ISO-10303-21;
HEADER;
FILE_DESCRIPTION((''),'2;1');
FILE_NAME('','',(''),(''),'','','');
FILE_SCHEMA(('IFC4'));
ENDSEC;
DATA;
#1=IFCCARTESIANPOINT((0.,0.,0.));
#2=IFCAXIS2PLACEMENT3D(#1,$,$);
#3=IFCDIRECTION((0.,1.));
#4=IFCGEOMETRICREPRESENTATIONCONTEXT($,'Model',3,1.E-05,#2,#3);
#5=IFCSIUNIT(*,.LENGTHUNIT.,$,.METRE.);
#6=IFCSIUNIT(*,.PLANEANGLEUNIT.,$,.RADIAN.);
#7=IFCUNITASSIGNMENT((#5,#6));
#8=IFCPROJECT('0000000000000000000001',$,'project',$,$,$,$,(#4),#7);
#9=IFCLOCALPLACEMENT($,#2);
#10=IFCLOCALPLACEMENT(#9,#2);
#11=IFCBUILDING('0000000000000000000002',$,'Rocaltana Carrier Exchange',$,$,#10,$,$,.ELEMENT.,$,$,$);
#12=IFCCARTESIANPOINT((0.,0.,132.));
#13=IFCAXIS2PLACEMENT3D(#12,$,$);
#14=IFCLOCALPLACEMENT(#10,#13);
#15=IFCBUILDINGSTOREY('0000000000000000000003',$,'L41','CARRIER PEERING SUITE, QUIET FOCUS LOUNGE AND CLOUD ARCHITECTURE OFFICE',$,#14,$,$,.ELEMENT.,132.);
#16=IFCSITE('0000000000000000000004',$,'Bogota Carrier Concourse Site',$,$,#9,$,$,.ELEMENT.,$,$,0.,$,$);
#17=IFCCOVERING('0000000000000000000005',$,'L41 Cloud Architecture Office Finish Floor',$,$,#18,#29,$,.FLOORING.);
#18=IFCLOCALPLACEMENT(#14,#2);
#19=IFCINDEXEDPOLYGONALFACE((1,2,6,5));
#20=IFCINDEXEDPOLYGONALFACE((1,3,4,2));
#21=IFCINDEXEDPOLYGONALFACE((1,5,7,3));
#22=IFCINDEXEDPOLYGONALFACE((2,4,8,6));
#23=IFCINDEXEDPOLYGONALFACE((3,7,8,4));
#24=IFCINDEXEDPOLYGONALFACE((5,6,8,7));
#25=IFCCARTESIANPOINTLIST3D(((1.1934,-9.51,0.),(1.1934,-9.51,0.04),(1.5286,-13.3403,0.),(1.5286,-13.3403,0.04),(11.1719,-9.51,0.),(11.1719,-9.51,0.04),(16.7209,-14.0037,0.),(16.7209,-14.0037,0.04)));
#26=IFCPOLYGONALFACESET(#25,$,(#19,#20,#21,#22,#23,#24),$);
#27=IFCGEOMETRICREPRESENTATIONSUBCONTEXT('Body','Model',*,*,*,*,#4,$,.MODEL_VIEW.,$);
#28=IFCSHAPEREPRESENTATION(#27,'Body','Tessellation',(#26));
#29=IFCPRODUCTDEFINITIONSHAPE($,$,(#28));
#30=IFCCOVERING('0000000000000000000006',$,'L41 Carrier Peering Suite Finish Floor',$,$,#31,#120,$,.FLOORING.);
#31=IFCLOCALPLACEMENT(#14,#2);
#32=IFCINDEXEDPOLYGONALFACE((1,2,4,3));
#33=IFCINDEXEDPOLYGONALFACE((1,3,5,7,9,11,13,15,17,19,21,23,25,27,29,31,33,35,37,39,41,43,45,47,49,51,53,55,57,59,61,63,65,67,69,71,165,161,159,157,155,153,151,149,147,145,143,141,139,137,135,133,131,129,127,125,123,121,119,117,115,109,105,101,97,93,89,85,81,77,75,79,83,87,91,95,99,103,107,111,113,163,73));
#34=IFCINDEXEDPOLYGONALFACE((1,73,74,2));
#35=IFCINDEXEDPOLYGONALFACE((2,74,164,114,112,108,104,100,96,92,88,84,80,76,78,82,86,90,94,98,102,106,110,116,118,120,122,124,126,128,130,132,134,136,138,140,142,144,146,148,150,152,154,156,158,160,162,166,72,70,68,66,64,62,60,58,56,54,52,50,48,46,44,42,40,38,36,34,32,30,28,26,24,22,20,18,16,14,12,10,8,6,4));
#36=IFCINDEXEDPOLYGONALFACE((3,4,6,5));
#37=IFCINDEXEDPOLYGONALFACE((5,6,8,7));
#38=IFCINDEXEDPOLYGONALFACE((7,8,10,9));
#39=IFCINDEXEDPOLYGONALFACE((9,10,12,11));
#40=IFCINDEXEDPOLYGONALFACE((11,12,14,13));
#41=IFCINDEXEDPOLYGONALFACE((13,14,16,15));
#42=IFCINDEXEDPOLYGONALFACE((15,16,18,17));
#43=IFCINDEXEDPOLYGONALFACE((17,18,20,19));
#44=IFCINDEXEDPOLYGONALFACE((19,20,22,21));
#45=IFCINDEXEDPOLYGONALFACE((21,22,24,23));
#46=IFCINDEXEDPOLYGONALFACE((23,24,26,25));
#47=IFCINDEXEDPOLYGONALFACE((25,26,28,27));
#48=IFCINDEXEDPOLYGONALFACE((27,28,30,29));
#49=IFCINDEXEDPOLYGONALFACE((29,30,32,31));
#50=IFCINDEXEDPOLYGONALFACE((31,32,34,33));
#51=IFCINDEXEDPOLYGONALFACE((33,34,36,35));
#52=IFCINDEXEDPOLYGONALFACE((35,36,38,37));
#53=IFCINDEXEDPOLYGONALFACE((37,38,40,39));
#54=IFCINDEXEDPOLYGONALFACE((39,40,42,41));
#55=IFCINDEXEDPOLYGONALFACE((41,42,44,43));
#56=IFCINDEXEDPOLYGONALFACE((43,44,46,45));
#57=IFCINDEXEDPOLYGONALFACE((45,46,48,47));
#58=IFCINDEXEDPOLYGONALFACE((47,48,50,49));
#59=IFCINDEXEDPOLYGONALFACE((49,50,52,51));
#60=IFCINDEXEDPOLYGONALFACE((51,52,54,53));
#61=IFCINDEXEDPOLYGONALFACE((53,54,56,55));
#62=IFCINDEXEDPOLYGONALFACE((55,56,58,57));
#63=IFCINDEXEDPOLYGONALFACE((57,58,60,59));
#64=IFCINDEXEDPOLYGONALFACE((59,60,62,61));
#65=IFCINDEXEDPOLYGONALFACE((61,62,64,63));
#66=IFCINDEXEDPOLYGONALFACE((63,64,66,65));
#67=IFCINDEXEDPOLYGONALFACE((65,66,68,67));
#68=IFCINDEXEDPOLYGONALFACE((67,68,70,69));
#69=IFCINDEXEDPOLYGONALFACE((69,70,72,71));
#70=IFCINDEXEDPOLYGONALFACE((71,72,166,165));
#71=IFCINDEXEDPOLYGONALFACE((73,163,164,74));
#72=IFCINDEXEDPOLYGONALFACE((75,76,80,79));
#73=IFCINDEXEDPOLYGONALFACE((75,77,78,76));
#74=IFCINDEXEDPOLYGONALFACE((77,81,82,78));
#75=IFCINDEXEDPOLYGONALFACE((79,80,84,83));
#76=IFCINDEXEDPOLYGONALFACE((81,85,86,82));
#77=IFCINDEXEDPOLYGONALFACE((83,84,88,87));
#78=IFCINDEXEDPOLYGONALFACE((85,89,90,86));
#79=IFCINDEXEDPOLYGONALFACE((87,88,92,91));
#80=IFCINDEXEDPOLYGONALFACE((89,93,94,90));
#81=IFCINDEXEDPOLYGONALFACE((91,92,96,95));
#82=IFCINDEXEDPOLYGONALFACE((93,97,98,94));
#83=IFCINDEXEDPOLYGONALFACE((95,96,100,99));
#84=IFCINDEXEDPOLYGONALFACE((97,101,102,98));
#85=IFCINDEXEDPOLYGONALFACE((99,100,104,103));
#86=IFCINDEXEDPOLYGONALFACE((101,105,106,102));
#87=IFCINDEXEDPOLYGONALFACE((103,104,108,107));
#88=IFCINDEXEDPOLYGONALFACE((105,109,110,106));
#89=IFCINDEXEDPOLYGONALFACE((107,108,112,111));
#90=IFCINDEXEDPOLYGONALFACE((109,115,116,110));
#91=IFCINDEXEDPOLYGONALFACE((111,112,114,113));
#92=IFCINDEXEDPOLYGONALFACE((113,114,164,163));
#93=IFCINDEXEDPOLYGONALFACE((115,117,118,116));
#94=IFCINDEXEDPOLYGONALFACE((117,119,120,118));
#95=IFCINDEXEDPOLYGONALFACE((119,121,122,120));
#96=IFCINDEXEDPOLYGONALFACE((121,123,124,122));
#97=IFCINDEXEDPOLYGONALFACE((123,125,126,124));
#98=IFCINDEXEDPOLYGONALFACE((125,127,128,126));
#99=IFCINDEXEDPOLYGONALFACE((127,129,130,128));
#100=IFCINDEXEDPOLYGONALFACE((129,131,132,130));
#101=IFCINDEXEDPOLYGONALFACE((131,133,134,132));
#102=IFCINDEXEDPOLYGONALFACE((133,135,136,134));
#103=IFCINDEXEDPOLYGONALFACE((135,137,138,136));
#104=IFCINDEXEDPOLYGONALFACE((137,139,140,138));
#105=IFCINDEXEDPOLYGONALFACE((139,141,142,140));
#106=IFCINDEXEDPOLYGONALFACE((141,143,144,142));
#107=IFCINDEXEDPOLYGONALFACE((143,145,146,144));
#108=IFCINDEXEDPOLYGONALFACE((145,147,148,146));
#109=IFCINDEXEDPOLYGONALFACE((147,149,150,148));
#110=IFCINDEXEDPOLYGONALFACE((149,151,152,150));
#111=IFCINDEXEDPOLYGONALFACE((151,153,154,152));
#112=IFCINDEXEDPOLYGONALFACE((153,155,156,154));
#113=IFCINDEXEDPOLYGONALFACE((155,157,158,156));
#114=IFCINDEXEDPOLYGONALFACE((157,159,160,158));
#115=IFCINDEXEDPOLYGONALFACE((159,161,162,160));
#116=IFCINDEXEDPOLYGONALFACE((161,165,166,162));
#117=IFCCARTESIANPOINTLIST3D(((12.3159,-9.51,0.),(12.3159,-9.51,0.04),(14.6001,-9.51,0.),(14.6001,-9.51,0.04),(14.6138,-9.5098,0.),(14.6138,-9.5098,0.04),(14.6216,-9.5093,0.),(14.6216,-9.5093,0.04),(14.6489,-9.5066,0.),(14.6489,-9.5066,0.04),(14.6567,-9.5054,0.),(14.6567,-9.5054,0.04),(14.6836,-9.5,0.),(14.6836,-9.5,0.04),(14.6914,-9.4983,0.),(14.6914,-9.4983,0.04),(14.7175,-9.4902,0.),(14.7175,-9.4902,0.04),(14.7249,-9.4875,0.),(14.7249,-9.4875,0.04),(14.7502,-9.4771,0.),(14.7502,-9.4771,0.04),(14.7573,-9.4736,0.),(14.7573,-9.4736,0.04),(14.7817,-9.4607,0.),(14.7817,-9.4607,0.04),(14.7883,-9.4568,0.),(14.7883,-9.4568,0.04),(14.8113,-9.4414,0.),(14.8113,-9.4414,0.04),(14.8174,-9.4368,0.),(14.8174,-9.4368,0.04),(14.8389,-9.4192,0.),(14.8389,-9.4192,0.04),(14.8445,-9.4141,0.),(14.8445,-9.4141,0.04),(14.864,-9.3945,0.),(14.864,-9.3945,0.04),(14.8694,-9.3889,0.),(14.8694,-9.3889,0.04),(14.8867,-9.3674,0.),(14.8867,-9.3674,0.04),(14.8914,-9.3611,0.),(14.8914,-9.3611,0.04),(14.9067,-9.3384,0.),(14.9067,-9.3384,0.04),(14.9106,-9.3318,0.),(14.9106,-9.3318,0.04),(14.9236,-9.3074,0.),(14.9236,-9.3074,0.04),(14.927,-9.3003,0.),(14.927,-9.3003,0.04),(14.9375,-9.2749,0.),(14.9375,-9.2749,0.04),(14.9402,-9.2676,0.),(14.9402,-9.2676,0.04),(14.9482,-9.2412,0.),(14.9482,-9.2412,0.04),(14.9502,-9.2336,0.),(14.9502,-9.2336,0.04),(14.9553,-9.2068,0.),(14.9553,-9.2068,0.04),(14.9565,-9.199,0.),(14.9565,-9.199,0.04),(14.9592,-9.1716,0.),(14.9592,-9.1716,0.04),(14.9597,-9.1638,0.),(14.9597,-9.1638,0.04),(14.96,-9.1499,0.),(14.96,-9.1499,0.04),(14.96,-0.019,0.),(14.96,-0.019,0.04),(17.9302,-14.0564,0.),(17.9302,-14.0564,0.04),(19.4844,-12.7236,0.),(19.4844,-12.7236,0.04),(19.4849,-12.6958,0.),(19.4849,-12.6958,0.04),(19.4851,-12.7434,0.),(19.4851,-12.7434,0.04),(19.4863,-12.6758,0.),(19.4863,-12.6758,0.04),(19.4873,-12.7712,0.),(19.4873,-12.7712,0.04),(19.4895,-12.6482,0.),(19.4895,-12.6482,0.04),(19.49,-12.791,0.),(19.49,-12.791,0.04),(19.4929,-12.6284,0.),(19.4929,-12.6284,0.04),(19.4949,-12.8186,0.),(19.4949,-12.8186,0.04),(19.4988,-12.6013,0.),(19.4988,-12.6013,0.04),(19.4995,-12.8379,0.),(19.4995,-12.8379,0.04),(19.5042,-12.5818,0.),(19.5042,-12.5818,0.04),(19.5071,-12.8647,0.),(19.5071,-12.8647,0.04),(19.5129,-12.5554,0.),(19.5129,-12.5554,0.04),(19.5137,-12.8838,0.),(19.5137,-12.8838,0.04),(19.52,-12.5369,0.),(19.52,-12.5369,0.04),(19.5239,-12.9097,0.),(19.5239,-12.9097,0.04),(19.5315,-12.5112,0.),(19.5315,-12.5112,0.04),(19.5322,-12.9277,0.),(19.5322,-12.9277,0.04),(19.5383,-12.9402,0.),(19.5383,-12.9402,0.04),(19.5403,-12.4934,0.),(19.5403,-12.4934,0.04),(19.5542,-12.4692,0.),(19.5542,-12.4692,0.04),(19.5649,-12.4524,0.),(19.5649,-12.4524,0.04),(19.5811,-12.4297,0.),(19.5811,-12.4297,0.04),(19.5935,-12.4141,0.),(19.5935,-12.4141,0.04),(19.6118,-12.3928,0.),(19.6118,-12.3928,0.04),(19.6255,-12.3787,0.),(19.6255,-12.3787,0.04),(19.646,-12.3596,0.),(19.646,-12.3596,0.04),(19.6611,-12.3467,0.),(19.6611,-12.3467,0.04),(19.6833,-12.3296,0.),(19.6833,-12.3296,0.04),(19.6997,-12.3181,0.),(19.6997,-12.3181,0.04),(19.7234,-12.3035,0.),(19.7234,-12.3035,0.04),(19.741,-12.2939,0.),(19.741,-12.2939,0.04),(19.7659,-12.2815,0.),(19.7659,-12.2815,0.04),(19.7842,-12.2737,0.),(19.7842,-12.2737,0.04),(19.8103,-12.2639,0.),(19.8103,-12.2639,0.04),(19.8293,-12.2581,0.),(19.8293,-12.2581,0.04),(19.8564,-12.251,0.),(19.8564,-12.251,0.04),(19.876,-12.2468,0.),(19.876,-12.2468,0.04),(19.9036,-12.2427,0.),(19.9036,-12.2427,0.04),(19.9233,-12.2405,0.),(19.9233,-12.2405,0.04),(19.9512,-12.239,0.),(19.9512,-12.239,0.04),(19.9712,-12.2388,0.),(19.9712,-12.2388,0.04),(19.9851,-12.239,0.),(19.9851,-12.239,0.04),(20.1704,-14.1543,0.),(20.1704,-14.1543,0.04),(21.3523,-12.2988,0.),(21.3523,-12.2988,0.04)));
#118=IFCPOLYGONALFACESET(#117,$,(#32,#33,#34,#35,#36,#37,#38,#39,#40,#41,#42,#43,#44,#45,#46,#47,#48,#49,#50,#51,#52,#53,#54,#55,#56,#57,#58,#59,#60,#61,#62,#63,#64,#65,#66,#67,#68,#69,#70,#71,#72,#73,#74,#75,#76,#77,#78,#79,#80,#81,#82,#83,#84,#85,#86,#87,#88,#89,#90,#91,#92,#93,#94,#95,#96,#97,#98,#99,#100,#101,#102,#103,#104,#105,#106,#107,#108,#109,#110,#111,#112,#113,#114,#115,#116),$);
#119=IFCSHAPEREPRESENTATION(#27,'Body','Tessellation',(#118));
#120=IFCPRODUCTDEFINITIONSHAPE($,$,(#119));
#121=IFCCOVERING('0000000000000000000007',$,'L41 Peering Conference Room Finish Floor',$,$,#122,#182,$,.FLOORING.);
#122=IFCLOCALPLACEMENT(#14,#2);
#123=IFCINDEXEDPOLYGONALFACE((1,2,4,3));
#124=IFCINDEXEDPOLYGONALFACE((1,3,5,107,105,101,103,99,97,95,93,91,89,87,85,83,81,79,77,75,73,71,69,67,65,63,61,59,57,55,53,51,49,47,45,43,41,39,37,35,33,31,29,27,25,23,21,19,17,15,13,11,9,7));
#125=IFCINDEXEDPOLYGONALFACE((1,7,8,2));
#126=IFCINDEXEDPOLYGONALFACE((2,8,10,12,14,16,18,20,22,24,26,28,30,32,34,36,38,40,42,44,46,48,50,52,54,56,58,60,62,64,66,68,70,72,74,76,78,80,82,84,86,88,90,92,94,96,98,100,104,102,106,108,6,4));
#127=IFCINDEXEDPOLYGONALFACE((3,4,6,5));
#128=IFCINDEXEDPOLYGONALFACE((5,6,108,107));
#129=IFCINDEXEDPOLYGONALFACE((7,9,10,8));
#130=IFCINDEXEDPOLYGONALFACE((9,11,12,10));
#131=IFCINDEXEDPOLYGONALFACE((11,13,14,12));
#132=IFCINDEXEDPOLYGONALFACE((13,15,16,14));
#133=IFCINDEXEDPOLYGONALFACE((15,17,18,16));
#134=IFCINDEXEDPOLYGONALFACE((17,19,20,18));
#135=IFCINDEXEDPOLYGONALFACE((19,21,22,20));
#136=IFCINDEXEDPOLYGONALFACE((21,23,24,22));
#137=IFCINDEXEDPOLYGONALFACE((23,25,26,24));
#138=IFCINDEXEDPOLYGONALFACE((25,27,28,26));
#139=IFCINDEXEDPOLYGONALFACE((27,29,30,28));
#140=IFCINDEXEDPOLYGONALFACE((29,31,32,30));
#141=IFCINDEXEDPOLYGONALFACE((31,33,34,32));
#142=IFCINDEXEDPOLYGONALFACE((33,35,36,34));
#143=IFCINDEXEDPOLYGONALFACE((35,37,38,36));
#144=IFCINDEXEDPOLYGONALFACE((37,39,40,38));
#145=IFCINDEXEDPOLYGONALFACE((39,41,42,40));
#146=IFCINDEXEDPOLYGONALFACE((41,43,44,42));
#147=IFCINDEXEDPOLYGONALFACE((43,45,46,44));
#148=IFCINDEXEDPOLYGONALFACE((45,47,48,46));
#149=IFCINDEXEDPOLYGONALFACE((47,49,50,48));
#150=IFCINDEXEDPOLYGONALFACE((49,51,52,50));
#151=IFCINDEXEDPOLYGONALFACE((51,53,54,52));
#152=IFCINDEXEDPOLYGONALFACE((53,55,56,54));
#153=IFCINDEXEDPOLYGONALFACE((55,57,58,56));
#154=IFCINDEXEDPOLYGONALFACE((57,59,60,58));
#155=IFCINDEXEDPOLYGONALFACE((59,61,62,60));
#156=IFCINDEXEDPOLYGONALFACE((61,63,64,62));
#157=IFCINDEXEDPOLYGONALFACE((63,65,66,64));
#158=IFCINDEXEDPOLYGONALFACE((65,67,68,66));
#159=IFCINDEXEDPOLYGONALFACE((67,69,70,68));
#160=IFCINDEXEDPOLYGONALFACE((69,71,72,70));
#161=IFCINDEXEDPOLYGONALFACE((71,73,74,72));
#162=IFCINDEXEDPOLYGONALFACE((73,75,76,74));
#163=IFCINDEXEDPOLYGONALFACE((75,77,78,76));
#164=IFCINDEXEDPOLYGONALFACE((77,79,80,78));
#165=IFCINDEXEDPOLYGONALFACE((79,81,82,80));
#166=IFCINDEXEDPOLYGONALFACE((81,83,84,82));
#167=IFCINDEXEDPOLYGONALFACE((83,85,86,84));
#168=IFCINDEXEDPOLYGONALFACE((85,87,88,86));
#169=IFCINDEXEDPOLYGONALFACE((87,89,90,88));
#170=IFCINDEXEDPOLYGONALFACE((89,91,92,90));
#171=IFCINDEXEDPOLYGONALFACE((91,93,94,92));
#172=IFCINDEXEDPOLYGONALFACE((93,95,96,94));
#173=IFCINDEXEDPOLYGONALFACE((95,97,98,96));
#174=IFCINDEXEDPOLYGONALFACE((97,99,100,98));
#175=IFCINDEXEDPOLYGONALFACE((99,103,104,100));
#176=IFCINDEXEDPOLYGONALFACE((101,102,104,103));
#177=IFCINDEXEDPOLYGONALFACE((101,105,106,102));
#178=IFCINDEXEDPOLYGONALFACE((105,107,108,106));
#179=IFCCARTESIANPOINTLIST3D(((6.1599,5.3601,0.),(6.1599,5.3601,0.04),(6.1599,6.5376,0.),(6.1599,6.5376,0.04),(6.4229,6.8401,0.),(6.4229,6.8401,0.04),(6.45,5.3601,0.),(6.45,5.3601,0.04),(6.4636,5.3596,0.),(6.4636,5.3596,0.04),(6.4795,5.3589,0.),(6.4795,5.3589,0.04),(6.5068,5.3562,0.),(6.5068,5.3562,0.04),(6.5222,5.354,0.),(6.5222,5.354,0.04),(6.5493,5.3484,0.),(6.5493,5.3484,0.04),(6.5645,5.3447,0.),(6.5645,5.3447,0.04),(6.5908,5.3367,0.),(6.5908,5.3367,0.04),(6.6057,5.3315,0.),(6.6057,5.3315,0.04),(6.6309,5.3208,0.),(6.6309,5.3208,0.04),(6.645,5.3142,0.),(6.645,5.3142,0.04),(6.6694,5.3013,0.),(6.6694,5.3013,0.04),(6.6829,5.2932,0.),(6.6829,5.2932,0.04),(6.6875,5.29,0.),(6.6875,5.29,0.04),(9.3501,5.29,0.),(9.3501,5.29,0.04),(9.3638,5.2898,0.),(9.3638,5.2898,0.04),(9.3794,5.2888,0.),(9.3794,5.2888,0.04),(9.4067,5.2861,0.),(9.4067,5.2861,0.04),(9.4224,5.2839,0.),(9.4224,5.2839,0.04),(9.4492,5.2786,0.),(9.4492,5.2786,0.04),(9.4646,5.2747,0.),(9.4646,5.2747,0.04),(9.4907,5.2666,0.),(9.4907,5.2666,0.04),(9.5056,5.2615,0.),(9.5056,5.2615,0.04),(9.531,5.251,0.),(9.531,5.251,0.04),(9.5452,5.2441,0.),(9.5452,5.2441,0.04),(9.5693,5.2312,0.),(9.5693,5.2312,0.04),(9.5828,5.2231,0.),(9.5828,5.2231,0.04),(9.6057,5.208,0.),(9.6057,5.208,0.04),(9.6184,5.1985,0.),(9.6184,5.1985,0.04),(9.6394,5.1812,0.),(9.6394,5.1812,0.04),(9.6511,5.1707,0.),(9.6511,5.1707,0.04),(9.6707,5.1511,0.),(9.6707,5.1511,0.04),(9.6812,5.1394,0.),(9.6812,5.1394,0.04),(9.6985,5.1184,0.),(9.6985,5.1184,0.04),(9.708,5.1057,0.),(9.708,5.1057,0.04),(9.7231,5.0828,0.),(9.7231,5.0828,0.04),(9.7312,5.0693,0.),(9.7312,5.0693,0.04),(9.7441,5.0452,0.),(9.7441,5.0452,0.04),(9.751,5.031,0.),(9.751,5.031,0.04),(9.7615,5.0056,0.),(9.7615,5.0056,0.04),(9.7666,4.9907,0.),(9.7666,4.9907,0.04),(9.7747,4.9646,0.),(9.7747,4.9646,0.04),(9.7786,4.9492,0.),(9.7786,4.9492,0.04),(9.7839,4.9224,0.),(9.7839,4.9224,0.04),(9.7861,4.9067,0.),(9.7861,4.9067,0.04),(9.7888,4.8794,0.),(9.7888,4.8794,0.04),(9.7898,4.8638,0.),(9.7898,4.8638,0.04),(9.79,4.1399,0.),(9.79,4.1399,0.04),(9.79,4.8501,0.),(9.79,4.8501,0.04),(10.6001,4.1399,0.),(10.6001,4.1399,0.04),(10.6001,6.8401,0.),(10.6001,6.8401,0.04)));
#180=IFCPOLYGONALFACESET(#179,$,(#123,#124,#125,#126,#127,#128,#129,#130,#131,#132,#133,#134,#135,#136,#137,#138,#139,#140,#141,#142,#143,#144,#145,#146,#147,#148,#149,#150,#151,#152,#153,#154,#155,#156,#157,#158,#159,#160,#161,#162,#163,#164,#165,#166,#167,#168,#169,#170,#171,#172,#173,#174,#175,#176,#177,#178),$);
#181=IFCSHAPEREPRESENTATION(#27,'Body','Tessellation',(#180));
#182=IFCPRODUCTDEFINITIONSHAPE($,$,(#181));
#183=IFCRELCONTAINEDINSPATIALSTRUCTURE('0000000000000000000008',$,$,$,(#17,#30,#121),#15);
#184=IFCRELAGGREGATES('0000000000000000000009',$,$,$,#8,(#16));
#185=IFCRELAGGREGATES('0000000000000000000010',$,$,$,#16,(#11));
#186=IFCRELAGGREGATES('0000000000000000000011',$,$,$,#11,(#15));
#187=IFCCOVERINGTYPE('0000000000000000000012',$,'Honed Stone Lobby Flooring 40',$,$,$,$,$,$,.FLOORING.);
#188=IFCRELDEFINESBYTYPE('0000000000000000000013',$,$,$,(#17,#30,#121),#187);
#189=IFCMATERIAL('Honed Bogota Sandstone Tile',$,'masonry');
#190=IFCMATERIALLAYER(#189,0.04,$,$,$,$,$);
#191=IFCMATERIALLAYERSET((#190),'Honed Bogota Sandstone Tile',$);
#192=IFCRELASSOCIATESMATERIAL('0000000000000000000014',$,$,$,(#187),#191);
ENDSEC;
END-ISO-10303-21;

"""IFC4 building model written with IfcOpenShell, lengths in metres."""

from ifc_helpers import new_model, si_unit, direction, frame, origin, place, context, subcontext, project, spatial, polyline, outline, extrude, material, layer, layer_set, type_object, element, save


model = new_model("IFC4")

# Units and contexts
model_context = context("Model", 3, precision=1e-05, world=origin(), true_north=direction((0.0, 1.0)))
body_context = subcontext(model_context, "Body", "Model", "MODEL_VIEW")
ifc_project = project(units=[si_unit("LENGTHUNIT", "METRE"), si_unit("PLANEANGLEUNIT", "RADIAN")], contexts=[model_context])

# Site, building, storey
site_placement = place(None, origin())
site = spatial("IfcSite", under=ifc_project, at=site_placement, Name="Bogota Carrier Concourse Site", CompositionType="ELEMENT", RefElevation=0.0)
building_placement = place(site_placement, origin())
building = spatial("IfcBuilding", under=site, at=building_placement, Name="Rocaltana Carrier Exchange", CompositionType="ELEMENT")
storey_placement = place(building_placement, frame((0.0, 0.0, 132.0)))
storey = spatial("IfcBuildingStorey", under=building, at=storey_placement, Name="L41", Description="CARRIER PEERING SUITE, QUIET FOCUS LOUNGE AND CLOUD ARCHITECTURE OFFICE", CompositionType="ELEMENT", Elevation=132.0)

# Coverings
ifc_material_1 = material(Name="Honed Bogota Sandstone Tile", Category="masonry")
ifc_layer_1 = layer(ifc_material_1, 0.04)
ifc_layer_set_1 = layer_set([ifc_layer_1], Name="Honed Bogota Sandstone Tile")
covering_type_1 = type_object("IfcCoveringType", Name="Honed Stone Lobby Flooring 40", PredefinedType="FLOORING", material=ifc_layer_set_1)
covering_1_placement = place(storey_placement, origin())
element("IfcCovering", 1, at=covering_1_placement, inside=storey, type_object=covering_type_1, Name="L41 Cloud Architecture Office Finish Floor", PredefinedType="FLOORING", context=body_context, shape_type="SweptSolid", body=[
    extrude(outline(polyline([(1.5286, -13.3403), (1.1934, -9.51), (11.1719, -9.51), (16.7209, -14.0037), (1.5286, -13.3403)])), origin(), (0.0, 0.0, 1.0), 0.04),
])
covering_2_placement = place(storey_placement, origin())
element("IfcCovering", 2, at=covering_2_placement, inside=storey, type_object=covering_type_1, Name="L41 Carrier Peering Suite Finish Floor", PredefinedType="FLOORING", context=body_context, shape_type="SweptSolid", body=[
    extrude(outline(polyline([(14.96, -0.019), (21.3523, -12.2988), (19.9851, -12.239), (19.9712, -12.2388), (19.9512, -12.239), (19.9233, -12.2405), (19.9036, -12.2427), (19.876, -12.2468), (19.8564, -12.251), (19.8293, -12.2581), (19.8103, -12.2639), (19.7842, -12.2737), (19.7659, -12.2815), (19.741, -12.2939), (19.7234, -12.3035), (19.6997, -12.3181), (19.6833, -12.3296), (19.6611, -12.3467), (19.646, -12.3596), (19.6255, -12.3787), (19.6118, -12.3928), (19.5935, -12.4141), (19.5811, -12.4297), (19.5649, -12.4524), (19.5542, -12.4692), (19.5403, -12.4934), (19.5315, -12.5112), (19.52, -12.5369), (19.5129, -12.5554), (19.5042, -12.5818), (19.4988, -12.6013), (19.4929, -12.6284), (19.4895, -12.6482), (19.4863, -12.6758), (19.4849, -12.6958), (19.4844, -12.7236), (19.4851, -12.7434), (19.4873, -12.7712), (19.49, -12.791), (19.4949, -12.8186), (19.4995, -12.8379), (19.5071, -12.8647), (19.5137, -12.8838), (19.5239, -12.9097), (19.5322, -12.9277), (19.5383, -12.9402), (20.1704, -14.1543), (17.9302, -14.0564), (12.3159, -9.51), (14.6001, -9.51), (14.6138, -9.5098), (14.6216, -9.5093), (14.6489, -9.5066), (14.6567, -9.5054), (14.6836, -9.5), (14.6914, -9.4983), (14.7175, -9.4902), (14.7249, -9.4875), (14.7502, -9.4771), (14.7573, -9.4736), (14.7817, -9.4607), (14.7883, -9.4568), (14.8113, -9.4414), (14.8174, -9.4368), (14.8389, -9.4192), (14.8445, -9.4141), (14.864, -9.3945), (14.8694, -9.3889), (14.8867, -9.3674), (14.8914, -9.3611), (14.9067, -9.3384), (14.9106, -9.3318), (14.9236, -9.3074), (14.927, -9.3003), (14.9375, -9.2749), (14.9402, -9.2676), (14.9482, -9.2412), (14.9502, -9.2336), (14.9553, -9.2068), (14.9565, -9.199), (14.9592, -9.1716), (14.9597, -9.1638), (14.96, -9.1499), (14.96, -0.019)])), origin(), (0.0, 0.0, 1.0), 0.04),
])
covering_3_placement = place(storey_placement, origin())
element("IfcCovering", 3, at=covering_3_placement, inside=storey, type_object=covering_type_1, Name="L41 Peering Conference Room Finish Floor", PredefinedType="FLOORING", context=body_context, shape_type="SweptSolid", body=[
    extrude(outline(polyline([(6.6875, 5.29), (6.6829, 5.2932), (6.6694, 5.3013), (6.645, 5.3142), (6.6309, 5.3208), (6.6057, 5.3315), (6.5908, 5.3367), (6.5645, 5.3447), (6.5493, 5.3484), (6.5222, 5.354), (6.5068, 5.3562), (6.4795, 5.3589), (6.4636, 5.3596), (6.45, 5.3601), (6.1599, 5.3601), (6.1599, 6.5376), (6.4229, 6.8401), (10.6001, 6.8401), (10.6001, 4.1399), (9.79, 4.1399), (9.79, 4.8501), (9.7898, 4.8638), (9.7888, 4.8794), (9.7861, 4.9067), (9.7839, 4.9224), (9.7786, 4.9492), (9.7747, 4.9646), (9.7666, 4.9907), (9.7615, 5.0056), (9.751, 5.031), (9.7441, 5.0452), (9.7312, 5.0693), (9.7231, 5.0828), (9.708, 5.1057), (9.6985, 5.1184), (9.6812, 5.1394), (9.6707, 5.1511), (9.6511, 5.1707), (9.6394, 5.1812), (9.6184, 5.1985), (9.6057, 5.208), (9.5828, 5.2231), (9.5693, 5.2312), (9.5452, 5.2441), (9.531, 5.251), (9.5056, 5.2615), (9.4907, 5.2666), (9.4646, 5.2747), (9.4492, 5.2786), (9.4224, 5.2839), (9.4067, 5.2861), (9.3794, 5.2888), (9.3638, 5.2898), (9.3501, 5.29), (6.6875, 5.29)])), origin(), (0.0, 0.0, 1.0), 0.04),
])

save(model, "model.ifc")
